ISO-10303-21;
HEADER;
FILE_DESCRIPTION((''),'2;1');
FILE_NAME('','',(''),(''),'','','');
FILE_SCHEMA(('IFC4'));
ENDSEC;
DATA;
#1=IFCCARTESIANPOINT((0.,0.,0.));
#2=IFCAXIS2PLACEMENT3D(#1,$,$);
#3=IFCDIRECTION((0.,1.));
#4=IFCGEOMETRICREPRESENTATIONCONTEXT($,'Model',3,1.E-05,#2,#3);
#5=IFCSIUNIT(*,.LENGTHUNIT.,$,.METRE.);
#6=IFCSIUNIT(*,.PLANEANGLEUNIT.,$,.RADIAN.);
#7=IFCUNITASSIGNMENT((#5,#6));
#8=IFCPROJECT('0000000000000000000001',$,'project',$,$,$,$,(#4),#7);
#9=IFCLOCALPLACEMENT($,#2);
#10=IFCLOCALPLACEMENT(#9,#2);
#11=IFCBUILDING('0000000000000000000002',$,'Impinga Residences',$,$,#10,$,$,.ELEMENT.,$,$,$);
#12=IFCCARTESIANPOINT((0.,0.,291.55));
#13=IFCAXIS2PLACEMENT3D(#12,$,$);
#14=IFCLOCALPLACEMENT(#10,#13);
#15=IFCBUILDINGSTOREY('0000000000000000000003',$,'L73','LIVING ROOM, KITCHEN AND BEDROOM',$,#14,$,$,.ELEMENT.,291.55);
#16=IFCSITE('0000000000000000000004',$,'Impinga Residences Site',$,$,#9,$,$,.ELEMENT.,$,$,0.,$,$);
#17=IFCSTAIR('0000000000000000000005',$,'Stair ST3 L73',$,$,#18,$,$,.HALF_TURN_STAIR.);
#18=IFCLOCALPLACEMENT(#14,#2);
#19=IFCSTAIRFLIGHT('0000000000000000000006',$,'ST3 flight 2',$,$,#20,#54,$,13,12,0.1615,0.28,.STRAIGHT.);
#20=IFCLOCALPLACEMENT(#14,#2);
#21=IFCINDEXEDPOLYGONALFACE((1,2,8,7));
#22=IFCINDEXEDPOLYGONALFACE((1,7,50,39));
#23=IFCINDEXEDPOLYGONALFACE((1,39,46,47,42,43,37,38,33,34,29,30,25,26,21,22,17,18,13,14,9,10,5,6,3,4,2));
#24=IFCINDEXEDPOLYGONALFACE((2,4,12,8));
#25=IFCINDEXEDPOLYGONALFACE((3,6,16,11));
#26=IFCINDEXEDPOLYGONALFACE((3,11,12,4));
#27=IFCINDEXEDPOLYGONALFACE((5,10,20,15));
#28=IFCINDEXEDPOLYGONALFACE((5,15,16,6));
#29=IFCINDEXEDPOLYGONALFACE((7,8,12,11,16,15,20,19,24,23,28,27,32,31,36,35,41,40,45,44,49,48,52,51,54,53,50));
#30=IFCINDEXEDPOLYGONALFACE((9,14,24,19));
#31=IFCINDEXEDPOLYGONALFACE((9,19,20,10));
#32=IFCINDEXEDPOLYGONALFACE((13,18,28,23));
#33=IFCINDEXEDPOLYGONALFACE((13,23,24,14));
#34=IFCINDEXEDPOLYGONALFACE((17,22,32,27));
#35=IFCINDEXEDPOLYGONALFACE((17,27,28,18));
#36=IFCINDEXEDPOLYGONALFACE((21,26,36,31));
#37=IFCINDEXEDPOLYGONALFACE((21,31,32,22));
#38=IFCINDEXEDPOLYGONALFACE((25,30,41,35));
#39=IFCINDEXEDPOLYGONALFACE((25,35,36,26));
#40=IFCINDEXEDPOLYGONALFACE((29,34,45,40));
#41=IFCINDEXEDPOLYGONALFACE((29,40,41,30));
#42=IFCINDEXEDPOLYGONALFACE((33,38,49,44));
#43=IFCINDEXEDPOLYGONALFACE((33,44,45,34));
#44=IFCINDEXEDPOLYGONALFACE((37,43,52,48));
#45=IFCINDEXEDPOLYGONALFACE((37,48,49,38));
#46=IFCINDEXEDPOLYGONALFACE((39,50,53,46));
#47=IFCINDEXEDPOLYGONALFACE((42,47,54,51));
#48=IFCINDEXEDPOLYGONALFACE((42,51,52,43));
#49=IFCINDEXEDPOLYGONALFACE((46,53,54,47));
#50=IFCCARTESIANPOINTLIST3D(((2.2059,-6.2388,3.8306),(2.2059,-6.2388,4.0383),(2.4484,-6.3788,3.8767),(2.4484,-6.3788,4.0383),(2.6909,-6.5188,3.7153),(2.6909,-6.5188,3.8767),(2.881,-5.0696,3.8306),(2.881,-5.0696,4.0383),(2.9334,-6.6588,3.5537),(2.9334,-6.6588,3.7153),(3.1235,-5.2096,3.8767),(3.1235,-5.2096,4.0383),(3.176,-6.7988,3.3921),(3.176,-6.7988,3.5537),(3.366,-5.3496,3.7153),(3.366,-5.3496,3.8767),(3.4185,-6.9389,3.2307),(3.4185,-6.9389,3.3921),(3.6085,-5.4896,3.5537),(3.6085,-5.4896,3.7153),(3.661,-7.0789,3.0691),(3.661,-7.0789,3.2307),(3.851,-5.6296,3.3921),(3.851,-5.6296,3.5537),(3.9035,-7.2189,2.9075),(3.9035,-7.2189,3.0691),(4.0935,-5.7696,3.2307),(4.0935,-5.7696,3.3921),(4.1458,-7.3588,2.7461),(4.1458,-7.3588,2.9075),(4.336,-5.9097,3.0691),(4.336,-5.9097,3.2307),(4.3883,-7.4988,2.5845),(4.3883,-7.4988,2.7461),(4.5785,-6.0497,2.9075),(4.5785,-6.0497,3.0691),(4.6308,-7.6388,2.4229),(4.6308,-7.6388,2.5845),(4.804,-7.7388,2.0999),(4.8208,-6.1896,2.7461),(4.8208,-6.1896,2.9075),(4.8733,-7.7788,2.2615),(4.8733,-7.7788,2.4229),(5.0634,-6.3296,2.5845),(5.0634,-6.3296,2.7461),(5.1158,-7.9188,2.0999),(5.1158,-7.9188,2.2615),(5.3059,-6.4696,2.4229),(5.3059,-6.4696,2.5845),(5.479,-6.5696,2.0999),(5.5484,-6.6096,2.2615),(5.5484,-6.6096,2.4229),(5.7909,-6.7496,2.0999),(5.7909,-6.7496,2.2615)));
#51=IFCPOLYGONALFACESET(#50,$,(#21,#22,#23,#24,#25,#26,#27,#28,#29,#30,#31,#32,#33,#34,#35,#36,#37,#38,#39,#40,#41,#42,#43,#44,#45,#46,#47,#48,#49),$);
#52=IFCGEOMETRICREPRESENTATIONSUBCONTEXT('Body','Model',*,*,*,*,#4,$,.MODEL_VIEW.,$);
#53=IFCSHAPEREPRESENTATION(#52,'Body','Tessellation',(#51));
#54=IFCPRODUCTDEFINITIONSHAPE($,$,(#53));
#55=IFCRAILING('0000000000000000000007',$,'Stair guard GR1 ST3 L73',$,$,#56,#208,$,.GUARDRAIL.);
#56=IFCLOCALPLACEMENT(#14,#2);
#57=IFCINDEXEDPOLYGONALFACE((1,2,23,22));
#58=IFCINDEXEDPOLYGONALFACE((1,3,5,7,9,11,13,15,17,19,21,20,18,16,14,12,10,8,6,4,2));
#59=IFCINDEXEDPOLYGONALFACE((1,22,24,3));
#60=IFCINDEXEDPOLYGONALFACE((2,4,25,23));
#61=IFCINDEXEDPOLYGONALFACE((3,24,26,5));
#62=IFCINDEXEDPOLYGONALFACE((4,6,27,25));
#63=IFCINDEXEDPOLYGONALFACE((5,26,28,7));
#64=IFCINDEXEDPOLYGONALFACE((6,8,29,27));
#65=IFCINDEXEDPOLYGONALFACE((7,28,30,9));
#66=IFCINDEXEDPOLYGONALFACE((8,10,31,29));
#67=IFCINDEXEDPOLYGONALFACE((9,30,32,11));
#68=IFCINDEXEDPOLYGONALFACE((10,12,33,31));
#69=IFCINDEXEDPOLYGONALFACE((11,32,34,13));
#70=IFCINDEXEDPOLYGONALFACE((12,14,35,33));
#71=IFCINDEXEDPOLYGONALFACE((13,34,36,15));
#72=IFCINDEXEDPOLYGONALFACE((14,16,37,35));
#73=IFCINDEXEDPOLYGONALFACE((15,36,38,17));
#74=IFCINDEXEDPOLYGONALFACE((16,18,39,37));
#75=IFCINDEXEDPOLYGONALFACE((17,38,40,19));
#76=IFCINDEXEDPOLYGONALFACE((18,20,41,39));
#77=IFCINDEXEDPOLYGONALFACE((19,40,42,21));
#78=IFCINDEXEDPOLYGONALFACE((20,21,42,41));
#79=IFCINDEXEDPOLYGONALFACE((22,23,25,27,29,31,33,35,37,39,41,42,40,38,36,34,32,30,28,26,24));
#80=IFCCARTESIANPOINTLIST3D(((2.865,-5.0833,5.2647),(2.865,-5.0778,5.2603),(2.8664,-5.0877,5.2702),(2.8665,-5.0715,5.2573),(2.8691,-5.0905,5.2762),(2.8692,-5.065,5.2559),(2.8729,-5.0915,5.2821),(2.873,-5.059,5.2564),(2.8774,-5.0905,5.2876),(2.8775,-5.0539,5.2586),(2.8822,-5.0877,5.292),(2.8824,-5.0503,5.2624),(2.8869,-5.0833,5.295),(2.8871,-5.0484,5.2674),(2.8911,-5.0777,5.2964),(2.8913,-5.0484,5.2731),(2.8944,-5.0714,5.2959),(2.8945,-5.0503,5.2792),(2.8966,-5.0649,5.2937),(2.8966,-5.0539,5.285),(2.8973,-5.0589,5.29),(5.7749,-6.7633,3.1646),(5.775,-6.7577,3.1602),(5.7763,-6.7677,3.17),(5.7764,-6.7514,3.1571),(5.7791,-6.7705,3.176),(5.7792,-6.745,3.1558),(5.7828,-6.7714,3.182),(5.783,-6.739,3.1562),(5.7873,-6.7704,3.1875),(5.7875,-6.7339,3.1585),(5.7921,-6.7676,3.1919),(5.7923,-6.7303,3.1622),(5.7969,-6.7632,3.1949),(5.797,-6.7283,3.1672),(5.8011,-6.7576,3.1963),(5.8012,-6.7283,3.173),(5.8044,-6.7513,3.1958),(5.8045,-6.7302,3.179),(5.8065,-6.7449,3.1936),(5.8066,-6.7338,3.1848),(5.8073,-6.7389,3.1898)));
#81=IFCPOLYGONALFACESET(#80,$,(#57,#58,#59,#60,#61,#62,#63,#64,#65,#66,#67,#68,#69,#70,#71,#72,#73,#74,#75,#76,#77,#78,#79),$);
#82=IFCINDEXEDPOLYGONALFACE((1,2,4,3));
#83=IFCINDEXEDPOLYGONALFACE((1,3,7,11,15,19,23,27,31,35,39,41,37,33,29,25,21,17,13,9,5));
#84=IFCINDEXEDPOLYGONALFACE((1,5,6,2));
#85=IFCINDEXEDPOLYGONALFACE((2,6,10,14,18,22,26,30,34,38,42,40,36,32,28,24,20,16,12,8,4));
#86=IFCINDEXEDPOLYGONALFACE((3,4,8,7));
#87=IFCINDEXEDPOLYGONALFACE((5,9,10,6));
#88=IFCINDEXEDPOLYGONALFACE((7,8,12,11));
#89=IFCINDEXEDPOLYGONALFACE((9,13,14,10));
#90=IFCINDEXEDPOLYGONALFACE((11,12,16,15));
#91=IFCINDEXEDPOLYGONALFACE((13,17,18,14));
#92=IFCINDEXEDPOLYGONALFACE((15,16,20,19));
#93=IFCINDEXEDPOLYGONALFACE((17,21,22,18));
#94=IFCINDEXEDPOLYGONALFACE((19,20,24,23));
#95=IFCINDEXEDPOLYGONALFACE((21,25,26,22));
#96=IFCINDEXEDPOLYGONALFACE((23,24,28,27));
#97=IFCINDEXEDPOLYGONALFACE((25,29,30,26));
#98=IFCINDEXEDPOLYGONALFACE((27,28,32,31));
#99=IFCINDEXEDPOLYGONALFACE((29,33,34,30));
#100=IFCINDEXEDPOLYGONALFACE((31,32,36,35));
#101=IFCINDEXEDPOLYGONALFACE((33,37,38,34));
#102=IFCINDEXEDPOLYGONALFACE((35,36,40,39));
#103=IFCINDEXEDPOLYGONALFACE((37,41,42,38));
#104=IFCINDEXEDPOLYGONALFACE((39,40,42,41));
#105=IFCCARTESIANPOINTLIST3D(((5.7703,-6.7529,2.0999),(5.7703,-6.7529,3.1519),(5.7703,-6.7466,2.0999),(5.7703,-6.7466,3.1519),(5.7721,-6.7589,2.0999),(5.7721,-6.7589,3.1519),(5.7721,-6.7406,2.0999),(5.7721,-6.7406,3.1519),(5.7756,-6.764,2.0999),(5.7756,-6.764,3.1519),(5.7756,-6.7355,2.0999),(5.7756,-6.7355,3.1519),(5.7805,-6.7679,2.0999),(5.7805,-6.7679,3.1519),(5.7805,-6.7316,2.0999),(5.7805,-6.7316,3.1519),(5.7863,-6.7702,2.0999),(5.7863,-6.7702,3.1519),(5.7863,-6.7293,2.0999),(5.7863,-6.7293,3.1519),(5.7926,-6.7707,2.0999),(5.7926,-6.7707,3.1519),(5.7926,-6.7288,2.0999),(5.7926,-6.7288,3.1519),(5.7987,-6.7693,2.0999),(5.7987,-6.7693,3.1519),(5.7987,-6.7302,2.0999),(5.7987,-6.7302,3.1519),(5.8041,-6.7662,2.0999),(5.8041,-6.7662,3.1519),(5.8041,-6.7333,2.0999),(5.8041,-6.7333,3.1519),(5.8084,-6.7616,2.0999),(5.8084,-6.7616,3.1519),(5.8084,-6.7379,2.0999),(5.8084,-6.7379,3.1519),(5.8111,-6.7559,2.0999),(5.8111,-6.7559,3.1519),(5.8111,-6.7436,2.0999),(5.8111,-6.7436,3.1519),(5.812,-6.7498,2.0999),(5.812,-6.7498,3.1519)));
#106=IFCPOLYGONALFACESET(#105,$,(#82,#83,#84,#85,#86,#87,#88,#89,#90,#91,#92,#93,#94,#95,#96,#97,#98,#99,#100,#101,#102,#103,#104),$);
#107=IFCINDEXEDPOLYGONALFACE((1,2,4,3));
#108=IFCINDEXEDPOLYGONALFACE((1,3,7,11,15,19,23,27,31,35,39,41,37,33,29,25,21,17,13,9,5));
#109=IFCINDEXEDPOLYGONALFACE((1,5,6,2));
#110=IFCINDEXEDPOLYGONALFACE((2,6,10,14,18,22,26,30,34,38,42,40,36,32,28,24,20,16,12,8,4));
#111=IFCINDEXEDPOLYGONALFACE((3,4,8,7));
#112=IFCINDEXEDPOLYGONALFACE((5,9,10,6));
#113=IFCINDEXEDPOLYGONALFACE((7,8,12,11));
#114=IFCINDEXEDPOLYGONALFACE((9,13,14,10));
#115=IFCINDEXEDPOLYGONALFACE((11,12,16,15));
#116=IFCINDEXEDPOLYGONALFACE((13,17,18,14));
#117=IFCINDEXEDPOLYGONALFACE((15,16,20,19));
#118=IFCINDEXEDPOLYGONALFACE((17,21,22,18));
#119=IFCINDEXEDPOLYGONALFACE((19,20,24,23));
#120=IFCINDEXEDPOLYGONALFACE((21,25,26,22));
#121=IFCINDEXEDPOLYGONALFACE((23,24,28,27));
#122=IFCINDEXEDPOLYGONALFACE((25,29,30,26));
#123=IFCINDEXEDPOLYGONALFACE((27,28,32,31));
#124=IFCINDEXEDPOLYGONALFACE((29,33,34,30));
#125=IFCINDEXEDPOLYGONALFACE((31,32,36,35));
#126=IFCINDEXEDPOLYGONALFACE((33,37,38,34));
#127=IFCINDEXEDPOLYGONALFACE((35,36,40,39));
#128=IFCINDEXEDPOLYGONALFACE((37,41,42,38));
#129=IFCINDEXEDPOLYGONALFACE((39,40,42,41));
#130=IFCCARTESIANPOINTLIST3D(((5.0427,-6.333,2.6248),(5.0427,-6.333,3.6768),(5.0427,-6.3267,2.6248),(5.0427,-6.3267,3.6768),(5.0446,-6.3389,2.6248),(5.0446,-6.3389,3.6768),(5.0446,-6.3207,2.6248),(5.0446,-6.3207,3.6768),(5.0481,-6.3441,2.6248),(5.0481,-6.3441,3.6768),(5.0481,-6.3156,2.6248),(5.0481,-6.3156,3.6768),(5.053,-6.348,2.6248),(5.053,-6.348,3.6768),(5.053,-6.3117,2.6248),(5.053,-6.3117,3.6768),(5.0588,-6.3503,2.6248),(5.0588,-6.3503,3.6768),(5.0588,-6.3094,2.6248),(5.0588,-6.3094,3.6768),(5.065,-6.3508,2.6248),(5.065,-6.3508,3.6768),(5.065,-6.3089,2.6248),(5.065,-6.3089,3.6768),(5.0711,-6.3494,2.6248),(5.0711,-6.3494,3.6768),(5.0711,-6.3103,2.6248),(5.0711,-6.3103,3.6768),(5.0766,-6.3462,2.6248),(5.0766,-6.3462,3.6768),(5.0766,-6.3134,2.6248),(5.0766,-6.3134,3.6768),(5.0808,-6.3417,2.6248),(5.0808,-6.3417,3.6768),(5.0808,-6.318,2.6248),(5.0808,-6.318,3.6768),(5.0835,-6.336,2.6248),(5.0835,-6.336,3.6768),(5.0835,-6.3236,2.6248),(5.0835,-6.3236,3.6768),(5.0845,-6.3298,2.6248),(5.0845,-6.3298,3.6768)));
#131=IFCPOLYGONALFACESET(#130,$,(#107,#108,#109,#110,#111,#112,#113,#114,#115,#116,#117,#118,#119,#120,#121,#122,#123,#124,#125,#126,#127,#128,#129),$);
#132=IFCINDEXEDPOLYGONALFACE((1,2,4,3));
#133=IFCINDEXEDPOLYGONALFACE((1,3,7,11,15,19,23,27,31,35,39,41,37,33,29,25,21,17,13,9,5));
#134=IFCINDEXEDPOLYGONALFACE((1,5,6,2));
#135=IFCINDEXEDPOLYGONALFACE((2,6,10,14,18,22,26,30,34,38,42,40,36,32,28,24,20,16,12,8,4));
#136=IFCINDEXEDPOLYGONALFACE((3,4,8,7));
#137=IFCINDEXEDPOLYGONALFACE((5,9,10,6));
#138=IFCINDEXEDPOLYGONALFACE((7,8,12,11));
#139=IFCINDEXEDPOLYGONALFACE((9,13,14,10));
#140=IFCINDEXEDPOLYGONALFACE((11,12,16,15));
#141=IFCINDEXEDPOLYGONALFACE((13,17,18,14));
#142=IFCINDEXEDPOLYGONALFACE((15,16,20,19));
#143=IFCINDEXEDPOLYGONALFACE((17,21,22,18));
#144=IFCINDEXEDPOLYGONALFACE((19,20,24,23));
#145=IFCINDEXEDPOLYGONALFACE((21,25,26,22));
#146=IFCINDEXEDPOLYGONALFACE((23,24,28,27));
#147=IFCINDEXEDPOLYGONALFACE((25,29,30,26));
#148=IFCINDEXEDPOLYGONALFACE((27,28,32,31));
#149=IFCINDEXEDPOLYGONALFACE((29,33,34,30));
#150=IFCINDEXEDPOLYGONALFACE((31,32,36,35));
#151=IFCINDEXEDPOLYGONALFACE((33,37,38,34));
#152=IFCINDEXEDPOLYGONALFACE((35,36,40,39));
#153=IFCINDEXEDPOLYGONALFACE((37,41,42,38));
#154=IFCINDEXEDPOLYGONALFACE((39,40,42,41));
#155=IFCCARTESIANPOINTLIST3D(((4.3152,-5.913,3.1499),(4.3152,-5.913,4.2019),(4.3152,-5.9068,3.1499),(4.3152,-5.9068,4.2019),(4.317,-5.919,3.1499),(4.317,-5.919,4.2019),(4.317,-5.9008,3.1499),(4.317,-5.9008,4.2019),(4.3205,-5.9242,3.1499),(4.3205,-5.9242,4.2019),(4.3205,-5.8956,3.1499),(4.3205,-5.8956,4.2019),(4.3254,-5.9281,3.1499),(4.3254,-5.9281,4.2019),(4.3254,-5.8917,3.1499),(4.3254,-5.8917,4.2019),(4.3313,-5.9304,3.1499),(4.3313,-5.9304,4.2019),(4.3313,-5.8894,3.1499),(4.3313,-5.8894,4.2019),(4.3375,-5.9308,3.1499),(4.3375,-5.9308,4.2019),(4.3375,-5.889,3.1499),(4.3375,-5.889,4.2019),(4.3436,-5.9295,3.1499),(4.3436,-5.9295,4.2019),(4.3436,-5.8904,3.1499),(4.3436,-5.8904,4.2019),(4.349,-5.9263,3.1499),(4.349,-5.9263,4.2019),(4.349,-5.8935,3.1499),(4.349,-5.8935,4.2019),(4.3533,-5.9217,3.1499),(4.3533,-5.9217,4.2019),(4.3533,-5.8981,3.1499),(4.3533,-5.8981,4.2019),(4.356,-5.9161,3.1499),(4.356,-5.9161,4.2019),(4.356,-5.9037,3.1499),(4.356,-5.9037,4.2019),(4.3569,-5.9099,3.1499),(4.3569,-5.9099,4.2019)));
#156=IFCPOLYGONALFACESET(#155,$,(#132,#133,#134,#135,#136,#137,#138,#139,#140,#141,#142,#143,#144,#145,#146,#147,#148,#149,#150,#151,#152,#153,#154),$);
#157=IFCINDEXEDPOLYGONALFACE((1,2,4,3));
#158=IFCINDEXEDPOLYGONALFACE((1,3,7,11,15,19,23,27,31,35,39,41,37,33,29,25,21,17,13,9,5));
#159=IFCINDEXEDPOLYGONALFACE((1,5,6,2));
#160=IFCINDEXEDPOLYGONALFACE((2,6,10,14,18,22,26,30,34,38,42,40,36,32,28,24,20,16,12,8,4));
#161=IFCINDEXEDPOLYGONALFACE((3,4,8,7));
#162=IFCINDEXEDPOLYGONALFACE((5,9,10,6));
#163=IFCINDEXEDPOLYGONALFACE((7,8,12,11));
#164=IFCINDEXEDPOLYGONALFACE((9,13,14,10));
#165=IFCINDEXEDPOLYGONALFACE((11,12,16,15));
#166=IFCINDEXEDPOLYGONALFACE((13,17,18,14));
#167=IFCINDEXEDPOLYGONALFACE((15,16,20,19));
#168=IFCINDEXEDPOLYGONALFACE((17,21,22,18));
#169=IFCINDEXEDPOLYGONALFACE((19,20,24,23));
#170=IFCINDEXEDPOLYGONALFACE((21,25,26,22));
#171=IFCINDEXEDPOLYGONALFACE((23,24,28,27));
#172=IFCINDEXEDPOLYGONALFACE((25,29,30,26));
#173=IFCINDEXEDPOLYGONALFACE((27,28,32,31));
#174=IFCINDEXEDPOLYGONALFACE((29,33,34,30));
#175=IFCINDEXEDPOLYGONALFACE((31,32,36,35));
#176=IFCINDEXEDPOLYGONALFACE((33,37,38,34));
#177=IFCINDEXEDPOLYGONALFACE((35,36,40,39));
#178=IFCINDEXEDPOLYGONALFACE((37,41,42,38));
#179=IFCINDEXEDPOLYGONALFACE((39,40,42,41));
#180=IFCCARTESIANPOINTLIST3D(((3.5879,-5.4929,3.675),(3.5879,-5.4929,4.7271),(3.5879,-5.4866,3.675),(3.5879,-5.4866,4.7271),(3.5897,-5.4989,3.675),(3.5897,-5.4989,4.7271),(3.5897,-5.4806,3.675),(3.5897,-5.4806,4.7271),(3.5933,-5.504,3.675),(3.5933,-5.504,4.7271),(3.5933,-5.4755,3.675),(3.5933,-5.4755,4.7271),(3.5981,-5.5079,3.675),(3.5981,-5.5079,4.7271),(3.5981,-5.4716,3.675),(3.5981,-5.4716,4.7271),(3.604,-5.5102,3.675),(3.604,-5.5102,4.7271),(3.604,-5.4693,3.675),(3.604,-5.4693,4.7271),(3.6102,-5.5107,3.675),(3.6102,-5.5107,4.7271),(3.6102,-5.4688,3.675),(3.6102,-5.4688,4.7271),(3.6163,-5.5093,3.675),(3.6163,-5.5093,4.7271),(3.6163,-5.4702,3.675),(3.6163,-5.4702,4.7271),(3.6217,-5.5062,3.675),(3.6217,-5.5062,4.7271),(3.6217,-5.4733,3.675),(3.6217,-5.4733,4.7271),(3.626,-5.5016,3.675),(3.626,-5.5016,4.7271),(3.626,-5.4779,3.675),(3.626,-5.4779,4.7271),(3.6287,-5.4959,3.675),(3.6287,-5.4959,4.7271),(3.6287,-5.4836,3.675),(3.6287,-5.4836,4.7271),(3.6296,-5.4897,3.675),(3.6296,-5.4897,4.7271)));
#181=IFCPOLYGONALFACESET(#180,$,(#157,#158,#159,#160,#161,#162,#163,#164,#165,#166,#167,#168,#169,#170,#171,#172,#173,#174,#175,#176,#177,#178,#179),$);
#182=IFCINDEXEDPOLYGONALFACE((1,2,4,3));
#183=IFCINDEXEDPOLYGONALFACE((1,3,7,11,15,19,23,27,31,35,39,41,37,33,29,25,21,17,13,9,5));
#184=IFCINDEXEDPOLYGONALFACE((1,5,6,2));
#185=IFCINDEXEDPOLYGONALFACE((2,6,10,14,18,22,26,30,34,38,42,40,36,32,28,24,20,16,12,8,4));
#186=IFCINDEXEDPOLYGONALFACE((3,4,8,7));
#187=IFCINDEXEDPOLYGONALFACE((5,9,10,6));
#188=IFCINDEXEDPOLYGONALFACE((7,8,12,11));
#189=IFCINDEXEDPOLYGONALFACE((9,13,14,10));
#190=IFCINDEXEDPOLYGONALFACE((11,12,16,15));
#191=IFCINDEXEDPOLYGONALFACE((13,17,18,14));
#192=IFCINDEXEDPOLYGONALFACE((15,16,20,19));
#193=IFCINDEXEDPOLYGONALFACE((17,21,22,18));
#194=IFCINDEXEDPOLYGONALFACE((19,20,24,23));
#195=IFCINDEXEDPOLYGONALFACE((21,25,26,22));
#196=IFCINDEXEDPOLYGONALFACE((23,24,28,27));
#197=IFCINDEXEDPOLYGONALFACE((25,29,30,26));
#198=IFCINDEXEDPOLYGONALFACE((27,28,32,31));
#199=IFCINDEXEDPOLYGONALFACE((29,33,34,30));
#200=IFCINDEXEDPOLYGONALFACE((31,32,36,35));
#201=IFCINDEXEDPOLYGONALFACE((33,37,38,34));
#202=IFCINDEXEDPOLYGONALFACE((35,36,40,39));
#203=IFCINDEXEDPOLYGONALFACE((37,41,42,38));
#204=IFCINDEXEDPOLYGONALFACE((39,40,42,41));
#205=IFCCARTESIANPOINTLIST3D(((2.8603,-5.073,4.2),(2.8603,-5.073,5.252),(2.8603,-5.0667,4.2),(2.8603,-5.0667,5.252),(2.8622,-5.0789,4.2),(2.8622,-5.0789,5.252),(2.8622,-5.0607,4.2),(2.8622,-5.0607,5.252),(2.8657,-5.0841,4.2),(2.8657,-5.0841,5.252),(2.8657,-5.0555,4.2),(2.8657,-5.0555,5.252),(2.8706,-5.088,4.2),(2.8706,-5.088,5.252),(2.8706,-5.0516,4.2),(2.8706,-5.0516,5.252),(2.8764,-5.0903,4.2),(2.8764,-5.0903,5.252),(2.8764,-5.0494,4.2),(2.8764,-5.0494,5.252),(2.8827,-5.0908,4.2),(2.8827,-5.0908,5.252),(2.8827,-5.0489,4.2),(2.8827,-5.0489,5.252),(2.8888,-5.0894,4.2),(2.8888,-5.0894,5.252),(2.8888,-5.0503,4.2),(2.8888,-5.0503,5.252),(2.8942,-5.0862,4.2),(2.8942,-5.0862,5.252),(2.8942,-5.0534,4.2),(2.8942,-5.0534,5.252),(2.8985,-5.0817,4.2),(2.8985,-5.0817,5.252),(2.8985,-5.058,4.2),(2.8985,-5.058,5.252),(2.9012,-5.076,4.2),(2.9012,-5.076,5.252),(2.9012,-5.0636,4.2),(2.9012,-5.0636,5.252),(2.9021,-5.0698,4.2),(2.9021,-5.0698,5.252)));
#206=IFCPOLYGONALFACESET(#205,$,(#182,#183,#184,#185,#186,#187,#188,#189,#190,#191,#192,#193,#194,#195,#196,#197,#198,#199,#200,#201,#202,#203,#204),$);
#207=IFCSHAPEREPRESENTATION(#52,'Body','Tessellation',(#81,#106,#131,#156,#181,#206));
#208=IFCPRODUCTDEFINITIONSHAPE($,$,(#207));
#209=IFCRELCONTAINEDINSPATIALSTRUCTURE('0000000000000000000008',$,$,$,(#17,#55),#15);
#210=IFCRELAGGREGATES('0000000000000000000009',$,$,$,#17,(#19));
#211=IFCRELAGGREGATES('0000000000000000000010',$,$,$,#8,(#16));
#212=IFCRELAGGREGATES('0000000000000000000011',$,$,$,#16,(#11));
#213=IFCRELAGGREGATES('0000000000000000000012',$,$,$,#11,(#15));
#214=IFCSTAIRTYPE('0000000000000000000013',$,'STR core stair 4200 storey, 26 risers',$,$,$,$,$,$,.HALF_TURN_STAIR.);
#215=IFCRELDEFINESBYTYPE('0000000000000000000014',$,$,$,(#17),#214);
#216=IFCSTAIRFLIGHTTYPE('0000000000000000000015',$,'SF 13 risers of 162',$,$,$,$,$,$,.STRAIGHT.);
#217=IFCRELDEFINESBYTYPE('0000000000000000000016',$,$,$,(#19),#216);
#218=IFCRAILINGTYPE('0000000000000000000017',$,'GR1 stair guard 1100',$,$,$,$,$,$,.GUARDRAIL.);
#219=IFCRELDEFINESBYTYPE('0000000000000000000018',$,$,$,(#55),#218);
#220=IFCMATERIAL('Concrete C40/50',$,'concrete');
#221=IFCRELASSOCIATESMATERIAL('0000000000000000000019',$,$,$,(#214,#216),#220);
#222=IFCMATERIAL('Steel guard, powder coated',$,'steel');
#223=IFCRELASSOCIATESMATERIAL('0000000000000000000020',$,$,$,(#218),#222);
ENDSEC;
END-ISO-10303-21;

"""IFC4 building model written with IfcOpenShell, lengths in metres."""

from ifc_helpers import new_model, si_unit, direction, frame, origin, origin_2d, place, context, subcontext, project, spatial, polyline, circle, outline, extrude, material, type_object, element, aggregate, save


model = new_model("IFC4")

# Units and contexts
model_context = context("Model", 3, precision=1e-05, world=origin(), true_north=direction((0.0, 1.0)))
body_context = subcontext(model_context, "Body", "Model", "MODEL_VIEW")
ifc_project = project(units=[si_unit("LENGTHUNIT", "METRE"), si_unit("PLANEANGLEUNIT", "RADIAN")], contexts=[model_context])

# Site, building, storey
site_placement = place(None, origin())
site = spatial("IfcSite", under=ifc_project, at=site_placement, Name="Impinga Residences Site", CompositionType="ELEMENT", RefElevation=0.0)
building_placement = place(site_placement, origin())
building = spatial("IfcBuilding", under=site, at=building_placement, Name="Impinga Residences", CompositionType="ELEMENT")
storey_placement = place(building_placement, frame((0.0, 0.0, 291.55)))
storey = spatial("IfcBuildingStorey", under=building, at=storey_placement, Name="L73", Description="LIVING ROOM, KITCHEN AND BEDROOM", CompositionType="ELEMENT", Elevation=291.55)

# Stair, stair flight
ifc_material_1 = material(Name="Concrete C40/50", Category="concrete")
stair_type = type_object("IfcStairType", Name="STR core stair 4200 storey, 26 risers", PredefinedType="HALF_TURN_STAIR", material=ifc_material_1)
stair_placement = place(storey_placement, origin())
stair = element("IfcStair", 1, at=stair_placement, inside=storey, type_object=stair_type, Name="Stair ST3 L73", PredefinedType="HALF_TURN_STAIR")
stair_flight_type = type_object("IfcStairFlightType", Name="SF 13 risers of 162", PredefinedType="STRAIGHT", material=ifc_material_1)
stair_flight_placement = place(storey_placement, frame((5.4534, -7.3342, 2.0999), z_axis=(0.0, 0.0, 1.0), x_axis=(-0.866025, 0.5, 0.0)))
stair_flight = element("IfcStairFlight", 2, at=stair_flight_placement, type_object=stair_flight_type, Name="ST3 flight 2", NumberOfRisers=13, NumberOfTreads=12, PredefinedType="STRAIGHT", RiserHeight=0.1615, TreadLength=0.28, context=body_context, shape_type="SweptSolid", body=[
    extrude(outline(polyline([(0.0, 0.0), (0.0, 0.1616), (0.28, 0.1616), (0.28, 0.323), (0.5601, 0.323), (0.5601, 0.4846), (0.8401, 0.4846), (0.8401, 0.6462), (1.1201, 0.6462), (1.1201, 0.8076), (1.3999, 0.8076), (1.3999, 0.9692), (1.6799, 0.9692), (1.6799, 1.1309), (1.96, 1.1309), (1.96, 1.2922), (2.24, 1.2922), (2.24, 1.4539), (2.52, 1.4539), (2.52, 1.6155), (2.8, 1.6155), (2.8, 1.7769), (3.0801, 1.7769), (3.0801, 1.9385), (3.3601, 1.9385), (3.3601, 2.1001), (3.3601, 1.7307), (0.3601, 0.0), (0.0, 0.0)])), frame((0.0, 0.675, 0.0), z_axis=(0.0, -1.0, 0.0), x_axis=(1.0, 0.0, 0.0)), (0.0, 0.0, 1.0), 1.3501),
])
aggregate(stair, [stair_flight])

# Railing
ifc_material_2 = material(Name="Steel guard, powder coated", Category="steel")
railing_type_1 = type_object("IfcRailingType", Name="GR1 stair guard 1100", PredefinedType="GUARDRAIL", material=ifc_material_2)
railing_1_placement = place(storey_placement, frame((5.791, -6.7498, 2.0999)))
element("IfcRailing", 3, at=railing_1_placement, inside=storey, type_object=railing_type_1, Name="Stair guard GR1 ST3 L73", PredefinedType="GUARDRAIL", context=body_context, shape_type="SweptSolid", body=[
    extrude(circle(Radius=0.0239, at=origin_2d()), frame((0.0, 0.0, 1.0762), z_axis=(-0.734392, 0.423974, 0.530014), x_axis=(-0.499976, -0.866039, 0.0)), (0.0, 0.0, 1.0), 3.9624),
    extrude(circle(Radius=0.021, at=origin_2d()), origin(), (0.0, 0.0, 1.0), 1.052),
    extrude(circle(Radius=0.021, at=origin_2d()), frame((-0.7275, 0.4199, 0.5249)), (0.0, 0.0, 1.0), 1.052),
    extrude(circle(Radius=0.021, at=origin_2d()), frame((-1.4551, 0.8398, 1.05)), (0.0, 0.0, 1.0), 1.052),
    extrude(circle(Radius=0.021, at=origin_2d()), frame((-2.1824, 1.26, 1.5752)), (0.0, 0.0, 1.0), 1.052),
    extrude(circle(Radius=0.021, at=origin_2d()), frame((-2.9099, 1.6799, 2.1001)), (0.0, 0.0, 1.0), 1.052),
])

save(model, "model.ifc")
